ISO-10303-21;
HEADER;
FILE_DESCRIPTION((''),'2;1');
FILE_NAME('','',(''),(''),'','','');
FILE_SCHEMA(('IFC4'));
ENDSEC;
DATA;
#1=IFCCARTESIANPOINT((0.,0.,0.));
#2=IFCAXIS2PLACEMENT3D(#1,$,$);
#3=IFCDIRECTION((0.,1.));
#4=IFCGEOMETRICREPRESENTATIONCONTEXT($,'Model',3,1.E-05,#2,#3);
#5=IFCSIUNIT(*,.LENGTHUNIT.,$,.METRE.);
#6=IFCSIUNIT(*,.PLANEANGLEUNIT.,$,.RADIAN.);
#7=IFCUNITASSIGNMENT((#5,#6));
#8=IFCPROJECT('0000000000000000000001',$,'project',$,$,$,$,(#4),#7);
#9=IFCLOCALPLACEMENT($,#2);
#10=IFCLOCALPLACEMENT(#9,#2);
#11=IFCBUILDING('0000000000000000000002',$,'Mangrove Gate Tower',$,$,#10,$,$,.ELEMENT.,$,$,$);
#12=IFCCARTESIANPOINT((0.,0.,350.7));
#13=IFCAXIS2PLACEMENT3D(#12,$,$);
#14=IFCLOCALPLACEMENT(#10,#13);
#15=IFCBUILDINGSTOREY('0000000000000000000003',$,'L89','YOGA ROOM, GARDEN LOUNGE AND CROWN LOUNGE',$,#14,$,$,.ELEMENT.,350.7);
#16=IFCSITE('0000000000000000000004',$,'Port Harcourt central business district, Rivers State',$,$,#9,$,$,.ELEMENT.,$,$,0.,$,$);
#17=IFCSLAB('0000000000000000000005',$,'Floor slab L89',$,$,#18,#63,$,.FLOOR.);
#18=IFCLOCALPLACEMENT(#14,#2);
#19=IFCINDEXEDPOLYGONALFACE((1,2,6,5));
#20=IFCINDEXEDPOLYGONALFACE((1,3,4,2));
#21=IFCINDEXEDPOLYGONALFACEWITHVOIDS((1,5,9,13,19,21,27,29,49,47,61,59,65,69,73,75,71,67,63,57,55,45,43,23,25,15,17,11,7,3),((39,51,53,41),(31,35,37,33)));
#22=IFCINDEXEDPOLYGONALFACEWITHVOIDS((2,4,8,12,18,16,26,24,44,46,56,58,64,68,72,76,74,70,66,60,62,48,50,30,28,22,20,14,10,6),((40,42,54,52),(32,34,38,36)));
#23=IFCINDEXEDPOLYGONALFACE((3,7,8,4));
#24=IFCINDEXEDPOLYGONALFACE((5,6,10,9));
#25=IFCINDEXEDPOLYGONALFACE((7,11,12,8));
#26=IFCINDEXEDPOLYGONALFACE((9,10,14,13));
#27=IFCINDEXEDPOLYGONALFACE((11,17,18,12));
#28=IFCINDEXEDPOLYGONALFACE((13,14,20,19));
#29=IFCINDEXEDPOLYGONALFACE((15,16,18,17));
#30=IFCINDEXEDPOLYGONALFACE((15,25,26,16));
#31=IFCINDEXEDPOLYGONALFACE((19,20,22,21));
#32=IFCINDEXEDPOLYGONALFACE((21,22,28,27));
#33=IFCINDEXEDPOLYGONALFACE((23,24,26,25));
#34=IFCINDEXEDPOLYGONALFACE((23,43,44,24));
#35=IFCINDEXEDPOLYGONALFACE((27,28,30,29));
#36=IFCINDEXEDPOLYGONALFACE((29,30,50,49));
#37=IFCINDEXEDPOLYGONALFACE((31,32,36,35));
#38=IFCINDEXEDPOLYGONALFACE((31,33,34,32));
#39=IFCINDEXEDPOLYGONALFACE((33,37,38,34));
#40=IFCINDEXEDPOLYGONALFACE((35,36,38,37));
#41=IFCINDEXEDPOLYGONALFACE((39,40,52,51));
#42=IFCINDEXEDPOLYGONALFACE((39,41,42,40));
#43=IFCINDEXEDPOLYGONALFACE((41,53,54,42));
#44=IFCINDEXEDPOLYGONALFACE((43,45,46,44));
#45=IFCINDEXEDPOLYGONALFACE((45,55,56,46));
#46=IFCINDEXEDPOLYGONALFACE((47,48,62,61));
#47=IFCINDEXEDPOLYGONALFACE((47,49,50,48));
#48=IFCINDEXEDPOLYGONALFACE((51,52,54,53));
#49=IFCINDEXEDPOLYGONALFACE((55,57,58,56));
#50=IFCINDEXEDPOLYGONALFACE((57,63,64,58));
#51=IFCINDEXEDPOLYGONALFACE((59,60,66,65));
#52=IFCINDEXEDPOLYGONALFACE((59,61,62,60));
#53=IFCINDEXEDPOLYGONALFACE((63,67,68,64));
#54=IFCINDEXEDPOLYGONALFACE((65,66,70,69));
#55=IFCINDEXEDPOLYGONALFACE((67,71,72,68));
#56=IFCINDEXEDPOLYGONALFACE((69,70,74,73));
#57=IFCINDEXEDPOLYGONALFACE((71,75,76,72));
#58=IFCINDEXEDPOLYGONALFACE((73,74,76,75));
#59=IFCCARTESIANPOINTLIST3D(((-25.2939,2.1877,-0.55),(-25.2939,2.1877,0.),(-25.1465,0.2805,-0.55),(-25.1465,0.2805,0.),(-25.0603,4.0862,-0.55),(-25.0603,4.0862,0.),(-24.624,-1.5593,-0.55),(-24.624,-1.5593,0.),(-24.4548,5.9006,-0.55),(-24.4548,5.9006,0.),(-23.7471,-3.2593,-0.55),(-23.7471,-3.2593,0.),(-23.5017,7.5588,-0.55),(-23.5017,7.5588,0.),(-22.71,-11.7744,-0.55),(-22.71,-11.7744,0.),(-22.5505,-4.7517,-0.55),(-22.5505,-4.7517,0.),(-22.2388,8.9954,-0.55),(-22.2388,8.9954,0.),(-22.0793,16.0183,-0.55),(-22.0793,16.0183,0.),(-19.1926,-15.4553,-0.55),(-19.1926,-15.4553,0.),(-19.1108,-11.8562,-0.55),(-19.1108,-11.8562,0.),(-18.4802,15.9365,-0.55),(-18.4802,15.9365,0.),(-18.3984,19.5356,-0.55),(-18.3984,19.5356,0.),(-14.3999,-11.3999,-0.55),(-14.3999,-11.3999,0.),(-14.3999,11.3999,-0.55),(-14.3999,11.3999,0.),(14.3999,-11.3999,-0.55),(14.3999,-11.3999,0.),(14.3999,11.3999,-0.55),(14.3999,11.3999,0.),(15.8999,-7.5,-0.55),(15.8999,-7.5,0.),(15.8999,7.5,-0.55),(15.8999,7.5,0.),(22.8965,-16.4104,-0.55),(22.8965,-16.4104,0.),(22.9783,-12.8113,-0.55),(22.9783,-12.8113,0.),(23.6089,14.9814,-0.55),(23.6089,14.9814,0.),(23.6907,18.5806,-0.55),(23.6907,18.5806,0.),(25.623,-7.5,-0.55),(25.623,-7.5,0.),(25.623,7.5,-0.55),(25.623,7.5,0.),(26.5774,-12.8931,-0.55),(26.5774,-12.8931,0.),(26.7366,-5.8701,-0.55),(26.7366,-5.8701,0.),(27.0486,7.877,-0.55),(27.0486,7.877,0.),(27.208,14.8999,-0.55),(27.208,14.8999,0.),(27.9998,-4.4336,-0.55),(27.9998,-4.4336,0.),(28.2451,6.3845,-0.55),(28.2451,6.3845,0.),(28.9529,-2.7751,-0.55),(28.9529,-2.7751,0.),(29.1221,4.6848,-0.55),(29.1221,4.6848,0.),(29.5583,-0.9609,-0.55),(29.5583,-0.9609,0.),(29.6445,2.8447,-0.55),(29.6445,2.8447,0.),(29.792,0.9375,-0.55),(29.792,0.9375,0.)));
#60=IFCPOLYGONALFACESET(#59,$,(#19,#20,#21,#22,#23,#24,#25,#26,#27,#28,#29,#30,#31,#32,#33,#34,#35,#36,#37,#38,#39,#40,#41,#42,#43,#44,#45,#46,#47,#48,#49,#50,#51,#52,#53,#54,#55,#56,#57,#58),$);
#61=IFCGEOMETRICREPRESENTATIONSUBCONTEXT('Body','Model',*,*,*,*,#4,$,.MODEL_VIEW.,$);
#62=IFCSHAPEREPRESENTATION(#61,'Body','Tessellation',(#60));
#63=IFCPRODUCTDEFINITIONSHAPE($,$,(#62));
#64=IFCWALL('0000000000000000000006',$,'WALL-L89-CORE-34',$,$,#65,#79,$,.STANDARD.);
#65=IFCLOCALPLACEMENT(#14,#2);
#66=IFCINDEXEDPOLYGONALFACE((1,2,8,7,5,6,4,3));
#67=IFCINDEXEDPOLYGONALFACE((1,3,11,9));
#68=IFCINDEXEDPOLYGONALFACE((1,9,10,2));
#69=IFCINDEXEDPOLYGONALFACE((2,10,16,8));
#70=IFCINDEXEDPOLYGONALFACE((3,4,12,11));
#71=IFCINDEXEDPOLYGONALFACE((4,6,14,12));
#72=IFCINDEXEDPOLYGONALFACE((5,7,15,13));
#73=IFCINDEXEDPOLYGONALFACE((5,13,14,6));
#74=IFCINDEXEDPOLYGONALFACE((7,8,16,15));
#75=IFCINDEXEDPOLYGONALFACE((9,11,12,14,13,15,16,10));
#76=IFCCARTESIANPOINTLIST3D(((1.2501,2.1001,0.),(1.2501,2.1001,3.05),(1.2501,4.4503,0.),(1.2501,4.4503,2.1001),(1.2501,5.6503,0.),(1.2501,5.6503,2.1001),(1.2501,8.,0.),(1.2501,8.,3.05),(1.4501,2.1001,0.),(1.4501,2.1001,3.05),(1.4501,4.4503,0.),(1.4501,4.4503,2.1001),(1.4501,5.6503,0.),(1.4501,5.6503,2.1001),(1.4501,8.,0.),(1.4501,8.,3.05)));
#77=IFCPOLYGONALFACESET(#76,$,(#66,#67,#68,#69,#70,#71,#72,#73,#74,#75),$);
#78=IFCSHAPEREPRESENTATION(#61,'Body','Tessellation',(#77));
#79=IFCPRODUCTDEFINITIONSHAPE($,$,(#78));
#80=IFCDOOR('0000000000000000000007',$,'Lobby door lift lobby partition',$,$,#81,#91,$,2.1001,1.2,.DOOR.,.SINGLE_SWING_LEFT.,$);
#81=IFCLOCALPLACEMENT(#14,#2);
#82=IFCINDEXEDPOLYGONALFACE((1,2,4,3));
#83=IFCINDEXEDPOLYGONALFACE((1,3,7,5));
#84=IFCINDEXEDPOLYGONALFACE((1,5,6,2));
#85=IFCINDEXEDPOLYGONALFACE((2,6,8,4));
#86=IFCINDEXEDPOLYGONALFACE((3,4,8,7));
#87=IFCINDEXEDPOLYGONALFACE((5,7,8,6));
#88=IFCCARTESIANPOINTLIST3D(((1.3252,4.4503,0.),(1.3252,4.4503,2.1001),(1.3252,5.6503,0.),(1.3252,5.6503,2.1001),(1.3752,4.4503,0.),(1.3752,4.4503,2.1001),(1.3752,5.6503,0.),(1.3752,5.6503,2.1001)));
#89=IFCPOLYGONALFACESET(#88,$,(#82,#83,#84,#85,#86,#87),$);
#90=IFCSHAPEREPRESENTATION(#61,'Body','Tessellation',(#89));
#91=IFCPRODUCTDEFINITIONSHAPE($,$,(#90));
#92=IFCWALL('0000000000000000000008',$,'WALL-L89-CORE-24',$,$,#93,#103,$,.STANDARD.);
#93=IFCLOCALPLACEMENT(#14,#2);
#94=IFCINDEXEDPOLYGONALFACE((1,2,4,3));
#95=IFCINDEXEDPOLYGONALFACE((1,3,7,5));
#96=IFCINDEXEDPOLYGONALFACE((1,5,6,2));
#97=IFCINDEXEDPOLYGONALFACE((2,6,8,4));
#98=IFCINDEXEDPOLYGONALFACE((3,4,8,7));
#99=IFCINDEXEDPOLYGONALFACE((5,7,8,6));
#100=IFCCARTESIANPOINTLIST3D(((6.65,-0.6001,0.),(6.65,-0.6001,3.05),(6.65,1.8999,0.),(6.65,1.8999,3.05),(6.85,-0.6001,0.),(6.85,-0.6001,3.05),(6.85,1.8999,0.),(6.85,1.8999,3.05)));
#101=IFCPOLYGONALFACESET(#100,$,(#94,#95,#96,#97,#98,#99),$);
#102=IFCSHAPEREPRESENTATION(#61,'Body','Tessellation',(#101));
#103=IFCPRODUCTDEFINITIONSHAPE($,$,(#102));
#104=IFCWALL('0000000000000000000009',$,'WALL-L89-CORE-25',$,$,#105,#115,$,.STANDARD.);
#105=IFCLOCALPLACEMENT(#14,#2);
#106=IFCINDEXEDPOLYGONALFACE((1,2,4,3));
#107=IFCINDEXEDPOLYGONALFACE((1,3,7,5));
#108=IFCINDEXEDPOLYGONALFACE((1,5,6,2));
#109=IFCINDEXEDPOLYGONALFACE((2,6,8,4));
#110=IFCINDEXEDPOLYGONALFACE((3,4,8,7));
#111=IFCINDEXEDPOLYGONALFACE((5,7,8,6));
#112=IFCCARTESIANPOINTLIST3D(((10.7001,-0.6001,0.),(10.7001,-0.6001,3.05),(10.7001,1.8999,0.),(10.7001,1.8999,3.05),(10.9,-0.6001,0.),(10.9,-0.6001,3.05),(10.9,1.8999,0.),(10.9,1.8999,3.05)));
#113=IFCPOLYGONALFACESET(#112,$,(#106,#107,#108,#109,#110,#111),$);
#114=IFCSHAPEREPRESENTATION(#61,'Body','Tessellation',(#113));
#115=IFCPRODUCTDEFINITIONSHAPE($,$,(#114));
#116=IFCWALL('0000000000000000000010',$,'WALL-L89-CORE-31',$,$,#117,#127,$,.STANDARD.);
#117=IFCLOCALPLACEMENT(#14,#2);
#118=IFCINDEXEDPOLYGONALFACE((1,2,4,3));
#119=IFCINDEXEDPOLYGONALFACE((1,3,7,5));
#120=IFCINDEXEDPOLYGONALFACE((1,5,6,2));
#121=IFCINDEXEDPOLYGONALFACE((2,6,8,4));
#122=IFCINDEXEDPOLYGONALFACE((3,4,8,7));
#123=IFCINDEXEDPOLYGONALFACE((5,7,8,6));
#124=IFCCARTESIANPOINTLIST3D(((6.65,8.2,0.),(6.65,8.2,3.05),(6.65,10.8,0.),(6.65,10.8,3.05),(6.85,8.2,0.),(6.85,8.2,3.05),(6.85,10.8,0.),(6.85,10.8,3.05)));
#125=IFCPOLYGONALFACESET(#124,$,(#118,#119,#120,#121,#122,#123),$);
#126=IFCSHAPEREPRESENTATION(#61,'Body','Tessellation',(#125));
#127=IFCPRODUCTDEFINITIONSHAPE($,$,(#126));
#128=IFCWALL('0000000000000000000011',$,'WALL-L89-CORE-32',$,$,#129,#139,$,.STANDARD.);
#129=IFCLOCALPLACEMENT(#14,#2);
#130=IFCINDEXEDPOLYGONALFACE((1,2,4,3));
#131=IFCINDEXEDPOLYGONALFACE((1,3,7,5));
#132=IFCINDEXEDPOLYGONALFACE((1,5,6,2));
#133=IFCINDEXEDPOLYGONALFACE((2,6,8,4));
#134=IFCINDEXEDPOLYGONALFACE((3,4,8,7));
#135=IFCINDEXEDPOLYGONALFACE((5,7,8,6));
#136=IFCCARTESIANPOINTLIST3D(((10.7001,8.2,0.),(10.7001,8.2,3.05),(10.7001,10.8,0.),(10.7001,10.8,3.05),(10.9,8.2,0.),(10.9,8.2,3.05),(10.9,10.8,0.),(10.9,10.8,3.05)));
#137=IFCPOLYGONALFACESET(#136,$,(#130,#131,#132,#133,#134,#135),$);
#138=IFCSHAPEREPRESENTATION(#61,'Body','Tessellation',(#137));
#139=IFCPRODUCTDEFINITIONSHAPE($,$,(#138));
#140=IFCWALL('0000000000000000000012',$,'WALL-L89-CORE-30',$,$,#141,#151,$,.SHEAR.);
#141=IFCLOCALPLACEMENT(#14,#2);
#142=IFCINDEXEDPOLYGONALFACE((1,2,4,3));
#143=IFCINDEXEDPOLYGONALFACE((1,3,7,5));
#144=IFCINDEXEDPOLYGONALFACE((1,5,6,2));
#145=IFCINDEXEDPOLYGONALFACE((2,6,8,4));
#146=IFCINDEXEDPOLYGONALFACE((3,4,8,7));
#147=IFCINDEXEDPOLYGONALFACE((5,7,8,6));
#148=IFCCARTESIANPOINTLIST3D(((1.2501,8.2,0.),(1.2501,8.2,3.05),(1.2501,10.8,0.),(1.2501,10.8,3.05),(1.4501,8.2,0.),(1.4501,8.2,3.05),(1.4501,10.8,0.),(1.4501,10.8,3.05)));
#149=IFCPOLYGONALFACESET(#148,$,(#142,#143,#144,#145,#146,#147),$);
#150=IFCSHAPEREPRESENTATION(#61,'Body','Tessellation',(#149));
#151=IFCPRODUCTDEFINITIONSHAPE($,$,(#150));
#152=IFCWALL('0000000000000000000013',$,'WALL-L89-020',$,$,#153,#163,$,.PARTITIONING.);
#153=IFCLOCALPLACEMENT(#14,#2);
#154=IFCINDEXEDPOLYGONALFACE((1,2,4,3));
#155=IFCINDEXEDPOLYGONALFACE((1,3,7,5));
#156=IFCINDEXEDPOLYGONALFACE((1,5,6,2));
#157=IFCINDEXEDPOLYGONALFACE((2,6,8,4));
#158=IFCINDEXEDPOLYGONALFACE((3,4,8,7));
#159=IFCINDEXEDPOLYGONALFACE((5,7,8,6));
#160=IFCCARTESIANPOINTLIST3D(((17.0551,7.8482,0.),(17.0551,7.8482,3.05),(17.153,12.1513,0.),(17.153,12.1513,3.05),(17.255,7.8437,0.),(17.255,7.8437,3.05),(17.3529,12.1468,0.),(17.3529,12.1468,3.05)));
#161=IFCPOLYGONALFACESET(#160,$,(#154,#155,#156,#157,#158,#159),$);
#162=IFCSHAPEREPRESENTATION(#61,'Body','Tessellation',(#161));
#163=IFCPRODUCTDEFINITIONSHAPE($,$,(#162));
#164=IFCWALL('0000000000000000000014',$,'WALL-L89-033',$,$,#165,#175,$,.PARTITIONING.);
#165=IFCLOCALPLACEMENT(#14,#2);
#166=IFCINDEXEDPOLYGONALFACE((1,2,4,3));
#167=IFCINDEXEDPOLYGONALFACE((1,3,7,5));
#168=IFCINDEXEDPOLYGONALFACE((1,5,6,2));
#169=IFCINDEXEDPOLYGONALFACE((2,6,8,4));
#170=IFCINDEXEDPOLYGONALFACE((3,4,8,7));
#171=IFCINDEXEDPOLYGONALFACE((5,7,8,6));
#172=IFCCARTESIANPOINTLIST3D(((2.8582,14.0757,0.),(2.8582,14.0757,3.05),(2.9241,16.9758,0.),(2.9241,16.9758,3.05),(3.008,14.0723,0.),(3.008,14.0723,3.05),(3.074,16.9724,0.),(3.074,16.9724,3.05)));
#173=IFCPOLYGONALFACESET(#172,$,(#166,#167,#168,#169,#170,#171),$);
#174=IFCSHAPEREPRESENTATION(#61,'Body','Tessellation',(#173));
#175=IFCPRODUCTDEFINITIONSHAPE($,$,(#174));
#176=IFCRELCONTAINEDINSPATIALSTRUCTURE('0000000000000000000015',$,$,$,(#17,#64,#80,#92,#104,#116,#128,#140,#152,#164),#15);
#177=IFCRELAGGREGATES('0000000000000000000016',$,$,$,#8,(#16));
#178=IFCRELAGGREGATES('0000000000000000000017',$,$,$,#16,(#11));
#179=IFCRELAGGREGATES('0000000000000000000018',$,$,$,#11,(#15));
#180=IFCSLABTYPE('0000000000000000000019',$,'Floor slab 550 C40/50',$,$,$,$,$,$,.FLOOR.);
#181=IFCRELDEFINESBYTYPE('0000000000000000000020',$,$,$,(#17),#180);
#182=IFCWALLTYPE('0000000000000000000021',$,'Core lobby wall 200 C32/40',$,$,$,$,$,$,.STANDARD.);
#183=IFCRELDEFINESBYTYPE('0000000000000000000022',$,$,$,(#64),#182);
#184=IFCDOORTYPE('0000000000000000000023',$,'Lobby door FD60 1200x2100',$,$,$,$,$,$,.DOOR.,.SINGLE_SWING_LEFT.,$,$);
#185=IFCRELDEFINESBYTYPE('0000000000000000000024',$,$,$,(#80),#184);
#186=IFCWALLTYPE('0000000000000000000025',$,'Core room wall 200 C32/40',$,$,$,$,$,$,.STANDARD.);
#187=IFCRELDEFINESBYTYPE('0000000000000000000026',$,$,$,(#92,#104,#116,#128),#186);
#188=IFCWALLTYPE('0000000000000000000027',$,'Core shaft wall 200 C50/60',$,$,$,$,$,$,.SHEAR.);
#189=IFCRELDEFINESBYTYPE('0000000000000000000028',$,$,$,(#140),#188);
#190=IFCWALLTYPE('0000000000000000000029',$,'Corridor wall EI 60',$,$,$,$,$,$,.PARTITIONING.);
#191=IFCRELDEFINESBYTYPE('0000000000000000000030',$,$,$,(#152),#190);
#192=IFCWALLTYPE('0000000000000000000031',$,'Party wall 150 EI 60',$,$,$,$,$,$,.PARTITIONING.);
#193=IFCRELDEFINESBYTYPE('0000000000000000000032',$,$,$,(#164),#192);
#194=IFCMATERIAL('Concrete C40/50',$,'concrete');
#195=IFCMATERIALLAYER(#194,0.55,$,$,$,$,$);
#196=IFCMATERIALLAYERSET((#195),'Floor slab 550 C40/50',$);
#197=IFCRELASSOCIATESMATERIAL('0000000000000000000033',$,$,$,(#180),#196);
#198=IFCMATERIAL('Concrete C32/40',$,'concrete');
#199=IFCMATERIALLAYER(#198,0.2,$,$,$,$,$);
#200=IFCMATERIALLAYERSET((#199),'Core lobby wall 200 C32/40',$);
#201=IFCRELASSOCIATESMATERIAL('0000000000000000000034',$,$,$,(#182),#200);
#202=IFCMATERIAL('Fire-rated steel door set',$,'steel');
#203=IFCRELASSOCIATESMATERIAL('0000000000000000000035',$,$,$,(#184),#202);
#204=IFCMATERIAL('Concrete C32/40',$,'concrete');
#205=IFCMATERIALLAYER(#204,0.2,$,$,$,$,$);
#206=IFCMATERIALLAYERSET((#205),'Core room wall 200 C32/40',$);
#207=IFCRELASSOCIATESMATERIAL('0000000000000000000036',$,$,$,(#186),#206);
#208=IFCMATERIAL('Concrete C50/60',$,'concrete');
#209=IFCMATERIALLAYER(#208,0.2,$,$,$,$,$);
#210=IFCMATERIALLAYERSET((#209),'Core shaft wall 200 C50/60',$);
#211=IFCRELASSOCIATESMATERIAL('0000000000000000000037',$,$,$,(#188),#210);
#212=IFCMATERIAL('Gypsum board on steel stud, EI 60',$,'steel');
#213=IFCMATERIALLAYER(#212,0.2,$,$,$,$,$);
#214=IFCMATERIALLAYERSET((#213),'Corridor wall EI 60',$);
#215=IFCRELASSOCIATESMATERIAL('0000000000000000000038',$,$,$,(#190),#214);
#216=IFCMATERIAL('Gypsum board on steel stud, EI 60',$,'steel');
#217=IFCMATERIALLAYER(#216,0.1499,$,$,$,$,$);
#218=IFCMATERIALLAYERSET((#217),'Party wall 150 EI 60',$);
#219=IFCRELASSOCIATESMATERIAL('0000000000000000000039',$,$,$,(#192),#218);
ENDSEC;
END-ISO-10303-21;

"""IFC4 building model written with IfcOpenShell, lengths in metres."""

from ifc_helpers import new_model, si_unit, direction, frame, frame_2d, origin, place, context, subcontext, project, spatial, polyline, rectangle, outline, extrude, material, layer, layer_set, type_object, element, fill, save


model = new_model("IFC4")

# Units and contexts
model_context = context("Model", 3, precision=1e-05, world=origin(), true_north=direction((0.0, 1.0)))
body_context = subcontext(model_context, "Body", "Model", "MODEL_VIEW")
ifc_project = project(units=[si_unit("LENGTHUNIT", "METRE"), si_unit("PLANEANGLEUNIT", "RADIAN")], contexts=[model_context])

# Site, building, storey
site_placement = place(None, origin())
site = spatial("IfcSite", under=ifc_project, at=site_placement, Name="Port Harcourt central business district, Rivers State", CompositionType="ELEMENT", RefElevation=0.0)
building_placement = place(site_placement, origin())
building = spatial("IfcBuilding", under=site, at=building_placement, Name="Mangrove Gate Tower", CompositionType="ELEMENT")
storey_placement = place(building_placement, frame((0.0, 0.0, 350.7)))
storey = spatial("IfcBuildingStorey", under=building, at=storey_placement, Name="L89", Description="YOGA ROOM, GARDEN LOUNGE AND CROWN LOUNGE", CompositionType="ELEMENT", Elevation=350.7)

# Slab
ifc_material_1 = material(Name="Concrete C40/50", Category="concrete")
ifc_layer_1 = layer(ifc_material_1, 0.55)
ifc_layer_set_1 = layer_set([ifc_layer_1], Name="Floor slab 550 C40/50")
slab_type_1 = type_object("IfcSlabType", Name="Floor slab 550 C40/50", PredefinedType="FLOOR", material=ifc_layer_set_1)
slab_1_placement = place(storey_placement, frame((0.0, 0.0, -0.55)))
element("IfcSlab", 1, at=slab_1_placement, inside=storey, type_object=slab_type_1, Name="Floor slab L89", PredefinedType="FLOOR", context=body_context, shape_type="SweptSolid", body=[
    extrude(outline(polyline([(-19.1926, -15.4553), (22.8965, -16.4104), (22.9783, -12.8113), (26.5774, -12.8931), (26.7366, -5.8701), (27.9998, -4.4336), (28.9529, -2.7751), (29.5583, -0.9609), (29.792, 0.9375), (29.6445, 2.8447), (29.1221, 4.6848), (28.2451, 6.3845), (27.0486, 7.877), (27.208, 14.8999), (23.6089, 14.9814), (23.6907, 18.5806), (-18.3984, 19.5356), (-18.4802, 15.9365), (-22.0793, 16.0183), (-22.2388, 8.9954), (-23.5017, 7.5588), (-24.4548, 5.9006), (-25.0603, 4.0862), (-25.2939, 2.1877), (-25.1465, 0.2805), (-24.624, -1.5593), (-23.7471, -3.2593), (-22.5505, -4.7517), (-22.71, -11.7744), (-19.1108, -11.8562), (-19.1926, -15.4553)]), holes=[polyline([(15.8999, 7.5), (25.623, 7.5), (25.623, -7.5), (15.8999, -7.5), (15.8999, 7.5)]), polyline([(-14.3999, -11.3999), (-14.3999, 11.3999), (14.3999, 11.3999), (14.3999, -11.3999), (-14.3999, -11.3999)])]), origin(), (0.0, 0.0, 1.0), 0.55),
])

# Wall, opening, door
ifc_material_2 = material(Name="Concrete C32/40", Category="concrete")
ifc_layer_2 = layer(ifc_material_2, 0.2)
ifc_layer_set_2 = layer_set([ifc_layer_2], Name="Core lobby wall 200 C32/40")
wall_type_1 = type_object("IfcWallType", Name="Core lobby wall 200 C32/40", PredefinedType="STANDARD", material=ifc_layer_set_2)
wall_1_placement = place(storey_placement, frame((1.3501, 2.1001, 0.0), z_axis=(0.0, 0.0, 1.0), x_axis=(0.0, 1.0, 0.0)))
wall_1 = element("IfcWall", 2, at=wall_1_placement, inside=storey, type_object=wall_type_1, Name="WALL-L89-CORE-34", PredefinedType="STANDARD", context=body_context, shape_type="SweptSolid", body=[
    extrude(rectangle(XDim=5.8999, YDim=0.2, at=frame_2d((2.95, 0.0))), origin(), (0.0, 0.0, 1.0), 3.05),
])
opening_placement = place(wall_1_placement, frame((2.3501, 0.0, 0.0)))
opening = element("IfcOpeningElement", 3, at=opening_placement, cuts=wall_1, PredefinedType="OPENING", context=body_context, shape_type="SweptSolid", body=[
    extrude(rectangle(XDim=1.2, YDim=2.1001, at=frame_2d((0.6001, 1.05))), frame((0.0, 0.1099, 0.0), z_axis=(0.0, -1.0, 0.0), x_axis=(1.0, 0.0, 0.0)), (0.0, 0.0, 1.0), 0.22),
])
ifc_material_3 = material(Name="Fire-rated steel door set", Category="steel")
door_type = type_object("IfcDoorType", Name="Lobby door FD60 1200x2100", OperationType="SINGLE_SWING_LEFT", PredefinedType="DOOR", material=ifc_material_3)
door_placement = place(opening_placement, origin())
door = element("IfcDoor", 4, at=door_placement, inside=storey, type_object=door_type, Name="Lobby door lift lobby partition", OperationType="SINGLE_SWING_LEFT", OverallHeight=2.1001, OverallWidth=1.2, PredefinedType="DOOR", context=body_context, shape_type="SweptSolid", body=[
    extrude(rectangle(XDim=1.2, YDim=2.1001, at=frame_2d((0.6001, 1.05))), frame((0.0, 0.0249, 0.0), z_axis=(0.0, -1.0, 0.0), x_axis=(1.0, 0.0, 0.0)), (0.0, 0.0, 1.0), 0.05),
])
fill(opening, door)

# Walls
ifc_material_4 = material(Name="Concrete C32/40", Category="concrete")
ifc_layer_3 = layer(ifc_material_4, 0.2)
ifc_layer_set_3 = layer_set([ifc_layer_3], Name="Core room wall 200 C32/40")
wall_type_2 = type_object("IfcWallType", Name="Core room wall 200 C32/40", PredefinedType="STANDARD", material=ifc_layer_set_3)
for number, where, z_axis, x_axis, name in (
    (5, (6.75, -0.6001, 0.0), (0.0, 0.0, 1.0), (0.0, 1.0, 0.0), "WALL-L89-CORE-24"),
    (6, (10.8, -0.6001, 0.0), (0.0, 0.0, 1.0), (0.0, 1.0, 0.0), "WALL-L89-CORE-25"),
):
    element("IfcWall", number, at=place(storey_placement, frame(where, z_axis=z_axis, x_axis=x_axis)), inside=storey, type_object=wall_type_2, Name=name, PredefinedType="STANDARD", context=body_context, shape_type="SweptSolid", body=[
        extrude(rectangle(XDim=2.5, YDim=0.2, at=frame_2d((1.25, 0.0))), origin(), (0.0, 0.0, 1.0), 3.05),
    ])
for number, where, z_axis, x_axis, name in (
    (7, (6.75, 8.2, 0.0), (0.0, 0.0, 1.0), (0.0, 1.0, 0.0), "WALL-L89-CORE-31"),
    (8, (10.8, 8.2, 0.0), (0.0, 0.0, 1.0), (0.0, 1.0, 0.0), "WALL-L89-CORE-32"),
):
    element("IfcWall", number, at=place(storey_placement, frame(where, z_axis=z_axis, x_axis=x_axis)), inside=storey, type_object=wall_type_2, Name=name, PredefinedType="STANDARD", context=body_context, shape_type="SweptSolid", body=[
        extrude(rectangle(XDim=2.6001, YDim=0.2, at=frame_2d((1.3, 0.0))), origin(), (0.0, 0.0, 1.0), 3.05),
    ])
ifc_material_5 = material(Name="Concrete C50/60", Category="concrete")
ifc_layer_4 = layer(ifc_material_5, 0.2)
ifc_layer_set_4 = layer_set([ifc_layer_4], Name="Core shaft wall 200 C50/60")
wall_type_3 = type_object("IfcWallType", Name="Core shaft wall 200 C50/60", PredefinedType="SHEAR", material=ifc_layer_set_4)
wall_2_placement = place(storey_placement, frame((1.3501, 8.2, 0.0), z_axis=(0.0, 0.0, 1.0), x_axis=(0.0, 1.0, 0.0)))
element("IfcWall", 9, at=wall_2_placement, inside=storey, type_object=wall_type_3, Name="WALL-L89-CORE-30", PredefinedType="SHEAR", context=body_context, shape_type="SweptSolid", body=[
    extrude(rectangle(XDim=2.6001, YDim=0.2, at=frame_2d((1.3, 0.0))), origin(), (0.0, 0.0, 1.0), 3.05),
])
ifc_material_6 = material(Name="Gypsum board on steel stud, EI 60", Category="steel")
ifc_layer_5 = layer(ifc_material_6, 0.2)
ifc_layer_set_5 = layer_set([ifc_layer_5], Name="Corridor wall EI 60")
wall_type_4 = type_object("IfcWallType", Name="Corridor wall EI 60", PredefinedType="PARTITIONING", material=ifc_layer_set_5)
wall_3_placement = place(storey_placement, frame((17.155, 7.8459, 0.0), z_axis=(0.0, 0.0, 1.0), x_axis=(0.022746, 0.999741, 0.0)))
element("IfcWall", 10, at=wall_3_placement, inside=storey, type_object=wall_type_4, Name="WALL-L89-020", PredefinedType="PARTITIONING", context=body_context, shape_type="SweptSolid", body=[
    extrude(rectangle(XDim=4.3042, YDim=0.2, at=frame_2d((2.1521, 0.0))), origin(), (0.0, 0.0, 1.0), 3.05),
])
ifc_material_7 = material(Name="Gypsum board on steel stud, EI 60", Category="steel")
ifc_layer_6 = layer(ifc_material_7, 0.1499)
ifc_layer_set_6 = layer_set([ifc_layer_6], Name="Party wall 150 EI 60")
wall_type_5 = type_object("IfcWallType", Name="Party wall 150 EI 60", PredefinedType="PARTITIONING", material=ifc_layer_set_6)
wall_4_placement = place(storey_placement, frame((2.9331, 14.074, 0.0), z_axis=(0.0, 0.0, 1.0), x_axis=(0.022723, 0.999742, 0.0)))
element("IfcWall", 11, at=wall_4_placement, inside=storey, type_object=wall_type_5, Name="WALL-L89-033", PredefinedType="PARTITIONING", context=body_context, shape_type="SweptSolid", body=[
    extrude(rectangle(XDim=2.9009, YDim=0.1499, at=frame_2d((1.4504, 0.0))), origin(), (0.0, 0.0, 1.0), 3.05),
])

save(model, "model.ifc")
